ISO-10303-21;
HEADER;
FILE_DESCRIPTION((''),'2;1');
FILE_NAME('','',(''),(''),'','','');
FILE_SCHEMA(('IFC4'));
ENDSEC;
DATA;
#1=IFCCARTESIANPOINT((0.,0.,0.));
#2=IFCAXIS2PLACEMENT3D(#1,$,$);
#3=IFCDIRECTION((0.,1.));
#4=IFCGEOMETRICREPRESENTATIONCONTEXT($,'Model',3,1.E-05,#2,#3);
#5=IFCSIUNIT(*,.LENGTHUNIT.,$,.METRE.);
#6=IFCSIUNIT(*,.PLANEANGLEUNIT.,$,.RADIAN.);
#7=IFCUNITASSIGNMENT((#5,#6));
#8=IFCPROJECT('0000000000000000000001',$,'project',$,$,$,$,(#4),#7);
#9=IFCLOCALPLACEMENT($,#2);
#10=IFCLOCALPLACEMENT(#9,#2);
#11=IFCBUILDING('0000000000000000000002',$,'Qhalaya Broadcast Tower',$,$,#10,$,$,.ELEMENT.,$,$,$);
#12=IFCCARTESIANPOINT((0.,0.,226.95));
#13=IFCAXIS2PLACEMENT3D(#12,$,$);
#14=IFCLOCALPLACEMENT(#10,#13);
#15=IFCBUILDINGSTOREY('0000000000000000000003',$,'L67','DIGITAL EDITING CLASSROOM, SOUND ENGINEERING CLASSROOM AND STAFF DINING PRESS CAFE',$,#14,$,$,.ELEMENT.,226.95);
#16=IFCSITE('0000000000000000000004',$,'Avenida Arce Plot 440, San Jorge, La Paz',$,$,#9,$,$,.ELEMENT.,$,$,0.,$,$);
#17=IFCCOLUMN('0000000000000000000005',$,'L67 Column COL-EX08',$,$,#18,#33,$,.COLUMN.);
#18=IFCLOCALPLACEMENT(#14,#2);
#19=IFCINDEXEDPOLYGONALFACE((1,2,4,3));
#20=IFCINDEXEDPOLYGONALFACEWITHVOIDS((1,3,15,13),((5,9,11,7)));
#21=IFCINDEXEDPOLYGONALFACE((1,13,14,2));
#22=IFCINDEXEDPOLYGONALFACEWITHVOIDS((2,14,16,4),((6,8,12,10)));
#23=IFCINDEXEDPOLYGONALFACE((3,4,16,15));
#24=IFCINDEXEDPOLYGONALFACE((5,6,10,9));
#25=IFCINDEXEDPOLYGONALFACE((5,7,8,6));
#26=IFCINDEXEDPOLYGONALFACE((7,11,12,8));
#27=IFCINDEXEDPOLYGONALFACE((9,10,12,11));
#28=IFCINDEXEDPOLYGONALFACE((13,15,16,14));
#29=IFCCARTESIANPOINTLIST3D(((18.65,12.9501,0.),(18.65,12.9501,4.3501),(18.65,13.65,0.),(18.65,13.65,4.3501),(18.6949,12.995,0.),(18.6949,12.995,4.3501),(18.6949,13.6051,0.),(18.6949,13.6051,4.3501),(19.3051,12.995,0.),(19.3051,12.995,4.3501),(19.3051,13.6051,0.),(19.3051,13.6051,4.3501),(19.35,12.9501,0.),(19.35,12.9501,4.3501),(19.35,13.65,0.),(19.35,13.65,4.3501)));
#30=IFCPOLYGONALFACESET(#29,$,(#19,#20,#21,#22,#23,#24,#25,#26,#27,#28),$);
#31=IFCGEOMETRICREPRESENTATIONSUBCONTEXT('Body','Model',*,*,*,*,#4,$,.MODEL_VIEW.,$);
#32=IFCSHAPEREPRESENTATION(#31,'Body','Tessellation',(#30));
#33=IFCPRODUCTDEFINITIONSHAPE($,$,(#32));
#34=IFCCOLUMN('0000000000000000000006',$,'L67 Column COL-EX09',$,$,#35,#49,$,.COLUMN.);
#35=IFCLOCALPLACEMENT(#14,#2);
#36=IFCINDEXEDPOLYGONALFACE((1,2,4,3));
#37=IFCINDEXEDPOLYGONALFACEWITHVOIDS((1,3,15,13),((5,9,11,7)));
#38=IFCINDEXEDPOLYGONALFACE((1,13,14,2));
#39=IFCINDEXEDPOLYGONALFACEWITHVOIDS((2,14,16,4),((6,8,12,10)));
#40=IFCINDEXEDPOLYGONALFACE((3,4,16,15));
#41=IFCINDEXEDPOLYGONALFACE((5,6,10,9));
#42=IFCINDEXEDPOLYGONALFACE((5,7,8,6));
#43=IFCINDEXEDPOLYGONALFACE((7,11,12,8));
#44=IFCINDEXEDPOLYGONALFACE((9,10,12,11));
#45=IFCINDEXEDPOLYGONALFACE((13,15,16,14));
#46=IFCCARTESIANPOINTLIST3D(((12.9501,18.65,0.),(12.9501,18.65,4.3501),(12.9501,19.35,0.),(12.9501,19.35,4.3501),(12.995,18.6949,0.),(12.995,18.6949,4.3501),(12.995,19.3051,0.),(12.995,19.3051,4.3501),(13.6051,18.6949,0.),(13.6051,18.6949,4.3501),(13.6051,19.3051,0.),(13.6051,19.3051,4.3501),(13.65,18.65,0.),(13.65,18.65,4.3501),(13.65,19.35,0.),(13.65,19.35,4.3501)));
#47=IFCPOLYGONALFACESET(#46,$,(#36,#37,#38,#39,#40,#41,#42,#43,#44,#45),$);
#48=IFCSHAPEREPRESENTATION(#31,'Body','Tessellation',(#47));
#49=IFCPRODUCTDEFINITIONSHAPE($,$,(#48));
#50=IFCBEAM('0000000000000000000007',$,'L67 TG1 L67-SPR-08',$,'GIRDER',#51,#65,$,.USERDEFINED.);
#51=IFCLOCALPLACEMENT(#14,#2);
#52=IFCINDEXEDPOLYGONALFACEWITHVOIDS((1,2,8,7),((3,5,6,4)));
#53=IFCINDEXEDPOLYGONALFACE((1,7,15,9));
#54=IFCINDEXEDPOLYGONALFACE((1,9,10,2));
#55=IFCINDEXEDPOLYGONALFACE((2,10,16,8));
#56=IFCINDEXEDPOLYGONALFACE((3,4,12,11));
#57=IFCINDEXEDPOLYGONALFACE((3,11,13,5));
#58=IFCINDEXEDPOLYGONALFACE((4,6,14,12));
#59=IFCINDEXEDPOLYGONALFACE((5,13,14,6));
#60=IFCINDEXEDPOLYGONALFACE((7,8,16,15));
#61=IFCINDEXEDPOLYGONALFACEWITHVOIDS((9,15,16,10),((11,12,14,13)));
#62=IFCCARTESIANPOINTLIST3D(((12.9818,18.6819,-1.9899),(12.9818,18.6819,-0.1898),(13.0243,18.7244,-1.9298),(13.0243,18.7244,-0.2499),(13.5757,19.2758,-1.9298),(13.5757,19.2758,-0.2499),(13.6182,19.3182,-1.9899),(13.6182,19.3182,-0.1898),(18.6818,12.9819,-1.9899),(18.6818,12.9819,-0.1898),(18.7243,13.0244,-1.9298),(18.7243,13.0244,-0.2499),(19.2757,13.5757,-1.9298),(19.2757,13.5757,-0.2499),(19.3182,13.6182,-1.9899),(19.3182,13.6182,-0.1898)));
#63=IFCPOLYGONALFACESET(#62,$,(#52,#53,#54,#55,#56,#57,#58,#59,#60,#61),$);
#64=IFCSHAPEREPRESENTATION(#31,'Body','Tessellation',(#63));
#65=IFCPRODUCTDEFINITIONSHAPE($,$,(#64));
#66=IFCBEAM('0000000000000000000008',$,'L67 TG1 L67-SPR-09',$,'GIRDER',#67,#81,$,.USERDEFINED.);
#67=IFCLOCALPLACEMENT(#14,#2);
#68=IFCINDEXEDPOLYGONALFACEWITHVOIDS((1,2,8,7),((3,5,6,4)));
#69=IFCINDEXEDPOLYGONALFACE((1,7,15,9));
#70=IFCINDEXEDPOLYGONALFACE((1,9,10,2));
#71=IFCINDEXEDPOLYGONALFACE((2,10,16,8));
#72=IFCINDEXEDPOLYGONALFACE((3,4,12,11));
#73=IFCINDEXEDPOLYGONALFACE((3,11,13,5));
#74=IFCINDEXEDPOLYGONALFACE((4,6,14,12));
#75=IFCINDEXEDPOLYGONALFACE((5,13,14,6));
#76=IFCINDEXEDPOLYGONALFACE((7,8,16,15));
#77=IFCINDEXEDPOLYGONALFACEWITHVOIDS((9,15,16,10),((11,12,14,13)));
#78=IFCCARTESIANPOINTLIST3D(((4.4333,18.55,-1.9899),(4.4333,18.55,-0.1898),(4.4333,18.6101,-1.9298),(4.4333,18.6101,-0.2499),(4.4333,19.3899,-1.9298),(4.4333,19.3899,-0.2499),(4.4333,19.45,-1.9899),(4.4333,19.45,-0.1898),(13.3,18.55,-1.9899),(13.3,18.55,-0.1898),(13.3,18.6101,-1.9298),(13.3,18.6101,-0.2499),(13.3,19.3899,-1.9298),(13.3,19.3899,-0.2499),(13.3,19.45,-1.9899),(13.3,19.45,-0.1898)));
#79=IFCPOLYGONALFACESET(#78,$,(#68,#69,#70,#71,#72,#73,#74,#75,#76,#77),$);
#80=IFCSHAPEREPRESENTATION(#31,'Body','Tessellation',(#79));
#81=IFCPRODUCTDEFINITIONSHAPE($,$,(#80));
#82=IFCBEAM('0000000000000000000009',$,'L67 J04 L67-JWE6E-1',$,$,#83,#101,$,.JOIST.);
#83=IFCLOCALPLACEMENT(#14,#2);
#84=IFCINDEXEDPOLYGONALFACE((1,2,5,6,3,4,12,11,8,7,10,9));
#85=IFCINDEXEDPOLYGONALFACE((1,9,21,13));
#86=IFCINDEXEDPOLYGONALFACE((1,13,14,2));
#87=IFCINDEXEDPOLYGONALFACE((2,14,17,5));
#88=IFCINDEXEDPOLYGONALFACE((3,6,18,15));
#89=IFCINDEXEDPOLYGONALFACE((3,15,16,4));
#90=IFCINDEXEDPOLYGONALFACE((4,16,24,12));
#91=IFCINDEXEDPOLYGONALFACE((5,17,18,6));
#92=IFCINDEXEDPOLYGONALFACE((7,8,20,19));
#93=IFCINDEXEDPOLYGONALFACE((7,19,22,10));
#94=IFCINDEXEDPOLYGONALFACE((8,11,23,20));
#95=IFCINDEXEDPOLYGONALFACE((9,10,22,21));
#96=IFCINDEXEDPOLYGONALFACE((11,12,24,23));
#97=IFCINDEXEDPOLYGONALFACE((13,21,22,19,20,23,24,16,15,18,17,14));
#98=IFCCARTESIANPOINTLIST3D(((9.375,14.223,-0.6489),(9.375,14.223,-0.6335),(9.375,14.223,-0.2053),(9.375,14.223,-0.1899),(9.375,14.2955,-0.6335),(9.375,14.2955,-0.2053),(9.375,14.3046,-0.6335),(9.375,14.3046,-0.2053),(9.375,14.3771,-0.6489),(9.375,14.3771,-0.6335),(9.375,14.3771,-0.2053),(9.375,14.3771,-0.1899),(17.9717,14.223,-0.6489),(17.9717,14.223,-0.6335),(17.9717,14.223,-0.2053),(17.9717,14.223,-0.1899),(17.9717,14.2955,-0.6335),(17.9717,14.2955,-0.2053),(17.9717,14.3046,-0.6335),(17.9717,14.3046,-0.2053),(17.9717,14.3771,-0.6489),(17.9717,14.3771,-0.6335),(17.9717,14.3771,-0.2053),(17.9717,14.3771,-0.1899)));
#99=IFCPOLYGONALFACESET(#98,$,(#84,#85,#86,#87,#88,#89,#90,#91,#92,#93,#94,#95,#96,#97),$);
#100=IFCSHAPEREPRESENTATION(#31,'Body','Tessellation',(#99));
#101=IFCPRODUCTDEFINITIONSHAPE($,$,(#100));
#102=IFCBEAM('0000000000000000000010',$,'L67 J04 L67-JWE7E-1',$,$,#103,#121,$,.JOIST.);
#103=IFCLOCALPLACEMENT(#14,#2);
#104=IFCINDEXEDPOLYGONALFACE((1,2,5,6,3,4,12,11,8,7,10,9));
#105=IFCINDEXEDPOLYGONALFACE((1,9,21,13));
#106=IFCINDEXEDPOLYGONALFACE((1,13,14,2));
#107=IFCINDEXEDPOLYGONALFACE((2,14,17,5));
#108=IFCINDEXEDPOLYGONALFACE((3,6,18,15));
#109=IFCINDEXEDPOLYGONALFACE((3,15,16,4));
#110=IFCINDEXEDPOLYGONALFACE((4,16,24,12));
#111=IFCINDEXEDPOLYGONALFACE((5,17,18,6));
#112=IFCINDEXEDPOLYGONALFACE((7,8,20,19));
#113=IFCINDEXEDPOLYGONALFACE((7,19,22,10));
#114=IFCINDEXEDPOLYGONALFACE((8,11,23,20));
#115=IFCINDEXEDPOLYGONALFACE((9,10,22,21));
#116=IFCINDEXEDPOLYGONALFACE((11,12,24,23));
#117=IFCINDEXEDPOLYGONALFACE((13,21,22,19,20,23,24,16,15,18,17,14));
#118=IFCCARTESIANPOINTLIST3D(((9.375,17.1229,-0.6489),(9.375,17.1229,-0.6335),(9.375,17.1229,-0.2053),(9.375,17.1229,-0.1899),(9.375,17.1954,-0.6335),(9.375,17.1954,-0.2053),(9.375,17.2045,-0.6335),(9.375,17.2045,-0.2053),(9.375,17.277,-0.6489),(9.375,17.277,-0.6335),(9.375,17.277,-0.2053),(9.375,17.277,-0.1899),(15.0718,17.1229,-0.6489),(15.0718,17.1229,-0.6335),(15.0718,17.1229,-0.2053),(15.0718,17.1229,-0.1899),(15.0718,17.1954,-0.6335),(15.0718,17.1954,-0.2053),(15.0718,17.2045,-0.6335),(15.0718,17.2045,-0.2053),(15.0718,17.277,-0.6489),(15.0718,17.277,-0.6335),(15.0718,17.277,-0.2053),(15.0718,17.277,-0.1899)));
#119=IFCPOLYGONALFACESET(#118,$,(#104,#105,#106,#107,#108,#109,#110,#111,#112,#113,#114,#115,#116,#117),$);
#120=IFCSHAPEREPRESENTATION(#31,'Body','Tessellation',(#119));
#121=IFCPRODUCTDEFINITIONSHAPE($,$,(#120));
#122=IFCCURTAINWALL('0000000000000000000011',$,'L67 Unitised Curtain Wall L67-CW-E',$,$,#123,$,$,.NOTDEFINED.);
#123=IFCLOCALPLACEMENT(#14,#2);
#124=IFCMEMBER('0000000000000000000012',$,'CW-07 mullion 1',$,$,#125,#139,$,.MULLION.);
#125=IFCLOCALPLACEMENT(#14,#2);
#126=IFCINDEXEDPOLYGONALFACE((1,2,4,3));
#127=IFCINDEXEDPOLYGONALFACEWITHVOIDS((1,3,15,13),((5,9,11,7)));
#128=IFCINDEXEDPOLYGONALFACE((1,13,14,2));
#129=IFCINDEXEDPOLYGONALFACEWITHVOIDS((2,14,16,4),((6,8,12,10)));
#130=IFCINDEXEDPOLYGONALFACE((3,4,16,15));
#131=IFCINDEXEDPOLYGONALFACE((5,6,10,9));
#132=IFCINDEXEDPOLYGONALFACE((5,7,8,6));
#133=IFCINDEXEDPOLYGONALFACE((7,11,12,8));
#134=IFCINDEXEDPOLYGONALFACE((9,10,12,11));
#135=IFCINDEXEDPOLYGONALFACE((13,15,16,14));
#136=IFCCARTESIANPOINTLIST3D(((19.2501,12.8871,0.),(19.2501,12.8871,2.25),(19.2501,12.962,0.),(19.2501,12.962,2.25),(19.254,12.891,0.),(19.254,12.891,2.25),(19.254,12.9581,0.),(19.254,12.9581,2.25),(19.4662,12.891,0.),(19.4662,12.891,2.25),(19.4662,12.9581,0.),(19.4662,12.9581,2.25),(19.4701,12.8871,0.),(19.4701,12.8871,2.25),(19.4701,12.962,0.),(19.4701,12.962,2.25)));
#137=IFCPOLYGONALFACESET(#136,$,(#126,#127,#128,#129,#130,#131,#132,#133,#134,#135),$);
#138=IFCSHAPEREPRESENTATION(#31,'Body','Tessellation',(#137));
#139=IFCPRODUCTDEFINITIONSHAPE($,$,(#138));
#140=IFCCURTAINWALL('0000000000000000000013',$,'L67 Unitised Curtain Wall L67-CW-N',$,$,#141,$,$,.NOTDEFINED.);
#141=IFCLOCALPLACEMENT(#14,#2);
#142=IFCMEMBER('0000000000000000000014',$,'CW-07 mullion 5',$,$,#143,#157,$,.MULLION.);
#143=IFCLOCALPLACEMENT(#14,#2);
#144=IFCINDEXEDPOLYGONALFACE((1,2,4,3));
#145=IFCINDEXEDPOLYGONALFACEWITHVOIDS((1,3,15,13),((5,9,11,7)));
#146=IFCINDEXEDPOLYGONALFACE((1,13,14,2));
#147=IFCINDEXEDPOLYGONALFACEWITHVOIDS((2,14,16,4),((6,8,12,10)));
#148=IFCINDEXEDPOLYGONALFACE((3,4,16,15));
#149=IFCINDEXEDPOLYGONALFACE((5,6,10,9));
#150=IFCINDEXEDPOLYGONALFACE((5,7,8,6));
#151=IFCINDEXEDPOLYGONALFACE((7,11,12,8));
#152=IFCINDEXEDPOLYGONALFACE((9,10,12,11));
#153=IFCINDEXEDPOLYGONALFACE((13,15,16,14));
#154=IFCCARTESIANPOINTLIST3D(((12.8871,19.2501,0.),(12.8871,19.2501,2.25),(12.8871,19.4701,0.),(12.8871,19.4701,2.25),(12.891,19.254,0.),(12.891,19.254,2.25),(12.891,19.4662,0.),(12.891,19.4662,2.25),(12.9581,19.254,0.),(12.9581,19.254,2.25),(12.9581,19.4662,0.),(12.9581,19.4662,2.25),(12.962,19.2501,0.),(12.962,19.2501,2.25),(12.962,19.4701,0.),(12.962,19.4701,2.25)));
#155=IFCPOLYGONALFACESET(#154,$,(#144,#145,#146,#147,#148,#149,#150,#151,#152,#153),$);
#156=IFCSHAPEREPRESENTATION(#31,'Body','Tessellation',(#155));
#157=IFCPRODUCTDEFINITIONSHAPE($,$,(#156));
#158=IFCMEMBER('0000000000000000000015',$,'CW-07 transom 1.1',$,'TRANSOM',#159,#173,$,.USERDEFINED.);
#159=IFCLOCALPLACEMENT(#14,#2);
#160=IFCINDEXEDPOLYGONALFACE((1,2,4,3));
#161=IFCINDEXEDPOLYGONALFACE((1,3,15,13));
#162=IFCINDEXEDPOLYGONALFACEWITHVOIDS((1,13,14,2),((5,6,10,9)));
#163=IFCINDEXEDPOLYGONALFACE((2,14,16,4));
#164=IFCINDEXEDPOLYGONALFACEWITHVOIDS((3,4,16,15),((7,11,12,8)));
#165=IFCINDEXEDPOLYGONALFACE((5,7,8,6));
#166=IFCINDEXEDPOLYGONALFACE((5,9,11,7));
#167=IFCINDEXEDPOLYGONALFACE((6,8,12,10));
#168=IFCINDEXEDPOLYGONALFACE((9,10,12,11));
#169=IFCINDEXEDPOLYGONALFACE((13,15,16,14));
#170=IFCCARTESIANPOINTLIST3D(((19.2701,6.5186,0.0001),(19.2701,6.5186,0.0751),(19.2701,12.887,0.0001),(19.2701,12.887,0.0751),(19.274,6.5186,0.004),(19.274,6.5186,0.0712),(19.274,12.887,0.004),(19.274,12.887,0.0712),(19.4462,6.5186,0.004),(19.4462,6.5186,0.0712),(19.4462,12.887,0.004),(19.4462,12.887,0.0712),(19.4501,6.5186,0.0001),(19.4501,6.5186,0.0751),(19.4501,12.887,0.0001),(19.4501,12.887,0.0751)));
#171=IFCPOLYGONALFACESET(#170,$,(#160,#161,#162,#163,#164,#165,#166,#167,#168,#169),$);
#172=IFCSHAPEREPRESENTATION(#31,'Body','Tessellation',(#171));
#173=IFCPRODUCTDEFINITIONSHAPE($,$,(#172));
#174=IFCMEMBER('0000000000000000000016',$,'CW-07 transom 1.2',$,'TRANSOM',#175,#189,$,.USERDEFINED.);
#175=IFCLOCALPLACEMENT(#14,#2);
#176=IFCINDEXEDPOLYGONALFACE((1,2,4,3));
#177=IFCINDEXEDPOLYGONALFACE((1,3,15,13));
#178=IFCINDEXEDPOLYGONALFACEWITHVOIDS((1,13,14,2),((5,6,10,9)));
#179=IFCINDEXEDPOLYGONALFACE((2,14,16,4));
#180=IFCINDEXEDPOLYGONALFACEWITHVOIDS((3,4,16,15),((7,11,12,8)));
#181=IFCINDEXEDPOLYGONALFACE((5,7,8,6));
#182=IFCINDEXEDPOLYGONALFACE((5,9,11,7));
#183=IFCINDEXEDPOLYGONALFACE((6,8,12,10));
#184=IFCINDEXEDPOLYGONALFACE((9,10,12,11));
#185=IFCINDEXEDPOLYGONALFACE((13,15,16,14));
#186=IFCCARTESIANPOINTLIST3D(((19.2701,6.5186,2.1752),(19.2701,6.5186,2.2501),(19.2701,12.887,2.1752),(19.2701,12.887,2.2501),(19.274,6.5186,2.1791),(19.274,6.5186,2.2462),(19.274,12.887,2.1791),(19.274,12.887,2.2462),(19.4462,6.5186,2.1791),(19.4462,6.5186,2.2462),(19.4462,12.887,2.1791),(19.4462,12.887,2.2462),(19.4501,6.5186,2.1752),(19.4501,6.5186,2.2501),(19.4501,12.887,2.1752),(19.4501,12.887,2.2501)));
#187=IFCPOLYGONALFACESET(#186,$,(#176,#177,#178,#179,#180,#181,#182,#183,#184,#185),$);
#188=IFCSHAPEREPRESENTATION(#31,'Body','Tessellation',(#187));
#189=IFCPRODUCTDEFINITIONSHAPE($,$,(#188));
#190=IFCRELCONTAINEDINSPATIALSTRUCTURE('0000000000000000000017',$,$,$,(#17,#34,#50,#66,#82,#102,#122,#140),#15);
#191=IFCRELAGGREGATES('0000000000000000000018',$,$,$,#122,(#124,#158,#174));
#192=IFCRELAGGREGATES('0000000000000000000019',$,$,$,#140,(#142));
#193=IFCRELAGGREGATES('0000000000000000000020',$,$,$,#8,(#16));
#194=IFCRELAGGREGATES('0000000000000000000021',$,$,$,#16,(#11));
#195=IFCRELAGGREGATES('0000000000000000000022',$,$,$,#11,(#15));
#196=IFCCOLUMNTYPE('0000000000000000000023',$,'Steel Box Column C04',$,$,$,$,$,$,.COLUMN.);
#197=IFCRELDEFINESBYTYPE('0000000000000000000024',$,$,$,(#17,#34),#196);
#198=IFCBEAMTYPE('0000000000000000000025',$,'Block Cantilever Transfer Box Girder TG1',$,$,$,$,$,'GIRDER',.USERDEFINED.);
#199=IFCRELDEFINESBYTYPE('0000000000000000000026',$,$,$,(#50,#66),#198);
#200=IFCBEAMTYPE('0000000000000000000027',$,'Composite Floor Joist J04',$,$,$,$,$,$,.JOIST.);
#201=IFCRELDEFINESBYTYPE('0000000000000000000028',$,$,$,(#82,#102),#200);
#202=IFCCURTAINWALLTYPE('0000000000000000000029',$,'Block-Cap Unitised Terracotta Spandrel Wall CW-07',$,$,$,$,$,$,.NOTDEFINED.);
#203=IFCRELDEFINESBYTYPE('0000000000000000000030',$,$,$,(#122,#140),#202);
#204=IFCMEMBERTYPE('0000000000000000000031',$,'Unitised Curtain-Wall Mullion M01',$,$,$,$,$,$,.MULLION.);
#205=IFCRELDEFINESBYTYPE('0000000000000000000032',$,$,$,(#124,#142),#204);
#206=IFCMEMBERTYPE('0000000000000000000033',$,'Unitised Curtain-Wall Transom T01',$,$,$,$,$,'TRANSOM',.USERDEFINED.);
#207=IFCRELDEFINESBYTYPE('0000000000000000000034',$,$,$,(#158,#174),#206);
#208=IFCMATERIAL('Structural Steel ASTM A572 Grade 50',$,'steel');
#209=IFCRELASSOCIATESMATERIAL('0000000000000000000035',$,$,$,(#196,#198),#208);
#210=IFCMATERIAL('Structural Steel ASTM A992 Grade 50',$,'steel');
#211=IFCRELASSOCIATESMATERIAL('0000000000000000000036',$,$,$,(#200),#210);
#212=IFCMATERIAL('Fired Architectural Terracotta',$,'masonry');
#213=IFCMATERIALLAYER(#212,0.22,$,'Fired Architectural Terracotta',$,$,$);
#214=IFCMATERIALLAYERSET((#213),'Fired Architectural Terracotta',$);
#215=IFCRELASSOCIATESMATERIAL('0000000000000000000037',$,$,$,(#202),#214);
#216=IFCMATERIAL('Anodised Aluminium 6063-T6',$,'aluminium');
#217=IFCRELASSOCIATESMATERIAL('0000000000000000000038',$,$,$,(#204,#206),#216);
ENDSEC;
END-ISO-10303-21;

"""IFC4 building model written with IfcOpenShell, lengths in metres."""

from ifc_helpers import new_model, si_unit, direction, frame, origin, origin_2d, place, context, subcontext, project, spatial, hollow_rectangle, i_section, extrude, material, layer, layer_set, material_profile, profile_set, type_object, element, aggregate, save


model = new_model("IFC4")

# Units and contexts
model_context = context("Model", 3, precision=1e-05, world=origin(), true_north=direction((0.0, 1.0)))
body_context = subcontext(model_context, "Body", "Model", "MODEL_VIEW")
ifc_project = project(units=[si_unit("LENGTHUNIT", "METRE"), si_unit("PLANEANGLEUNIT", "RADIAN")], contexts=[model_context])

# Site, building, storey
site_placement = place(None, origin())
site = spatial("IfcSite", under=ifc_project, at=site_placement, Name="Avenida Arce Plot 440, San Jorge, La Paz", CompositionType="ELEMENT", RefElevation=0.0)
building_placement = place(site_placement, origin())
building = spatial("IfcBuilding", under=site, at=building_placement, Name="Qhalaya Broadcast Tower", CompositionType="ELEMENT")
storey_placement = place(building_placement, frame((0.0, 0.0, 226.95)))
storey = spatial("IfcBuildingStorey", under=building, at=storey_placement, Name="L67", Description="DIGITAL EDITING CLASSROOM, SOUND ENGINEERING CLASSROOM AND STAFF DINING PRESS CAFE", CompositionType="ELEMENT", Elevation=226.95)

# Columns
ifc_material_1 = material(Name="Structural Steel ASTM A572 Grade 50", Category="steel")
ifc_material_profile_1 = material_profile(ifc_material_1, hollow_rectangle(XDim=0.7, YDim=0.7, WallThickness=0.0449, at=origin_2d()), Name="BOX 700x700x45")
ifc_profile_set_1 = profile_set([ifc_material_profile_1], Name="Structural Steel ASTM A572 Grade 50")
column_type = type_object("IfcColumnType", Name="Steel Box Column C04", PredefinedType="COLUMN", material=ifc_profile_set_1)
for number, where, z_axis, x_axis, name in (
    (1, (19.0, 13.3, 0.0), (0.0, 0.0, 1.0), (0.0, 1.0, 0.0), "L67 Column COL-EX08"),
    (2, (13.3, 19.0, 0.0), (0.0, 0.0, 1.0), (1.0, 0.0, 0.0), "L67 Column COL-EX09"),
):
    element("IfcColumn", number, at=place(storey_placement, frame(where, z_axis=z_axis, x_axis=x_axis)), inside=storey, type_object=column_type, Name=name, PredefinedType="COLUMN", context=body_context, shape_type="SweptSolid", body=[
        extrude(hollow_rectangle(XDim=0.7, YDim=0.7, WallThickness=0.0449, at=origin_2d()), origin(), (0.0, 0.0, 1.0), 4.3501),
    ])

# Beams
ifc_material_profile_2 = material_profile(ifc_material_1, hollow_rectangle(XDim=0.8999, YDim=1.8, WallThickness=0.0601, at=origin_2d()), Name="BOX 900x1800x60")
ifc_profile_set_2 = profile_set([ifc_material_profile_2], Name="Structural Steel ASTM A572 Grade 50")
beam_type_1 = type_object("IfcBeamType", Name="Block Cantilever Transfer Box Girder TG1", ElementType="GIRDER", PredefinedType="USERDEFINED", material=ifc_profile_set_2)
beam_1_placement = place(storey_placement, frame((19.0, 13.3, -1.0898), z_axis=(-0.707107, 0.707107, 0.0), x_axis=(-0.707107, -0.707107, 0.0)))
element("IfcBeam", 3, at=beam_1_placement, inside=storey, type_object=beam_type_1, Name="L67 TG1 L67-SPR-08", ObjectType="GIRDER", PredefinedType="USERDEFINED", context=body_context, shape_type="SweptSolid", body=[
    extrude(hollow_rectangle(XDim=0.8999, YDim=1.8, WallThickness=0.0601, at=origin_2d()), origin(), (0.0, 0.0, 1.0), 8.061),
])
beam_2_placement = place(storey_placement, frame((13.3, 19.0, -1.0898), z_axis=(-1.0, 0.0, 0.0), x_axis=(0.0, -1.0, 0.0)))
element("IfcBeam", 4, at=beam_2_placement, inside=storey, type_object=beam_type_1, Name="L67 TG1 L67-SPR-09", ObjectType="GIRDER", PredefinedType="USERDEFINED", context=body_context, shape_type="SweptSolid", body=[
    extrude(hollow_rectangle(XDim=0.8999, YDim=1.8, WallThickness=0.0601, at=origin_2d()), origin(), (0.0, 0.0, 1.0), 8.8667),
])
ifc_material_2 = material(Name="Structural Steel ASTM A992 Grade 50", Category="steel")
ifc_material_profile_3 = material_profile(ifc_material_2, i_section(OverallWidth=0.1541, OverallDepth=0.459, WebThickness=0.009, FlangeThickness=0.0154, at=origin_2d()), Name="W18X46")
ifc_profile_set_3 = profile_set([ifc_material_profile_3], Name="Structural Steel ASTM A992 Grade 50")
beam_type_2 = type_object("IfcBeamType", Name="Composite Floor Joist J04", PredefinedType="JOIST", material=ifc_profile_set_3)
beam_3_placement = place(storey_placement, frame((9.375, 14.3, -0.4194), z_axis=(1.0, 0.0, 0.0), x_axis=(0.0, 1.0, 0.0)))
element("IfcBeam", 5, at=beam_3_placement, inside=storey, type_object=beam_type_2, Name="L67 J04 L67-JWE6E-1", PredefinedType="JOIST", context=body_context, shape_type="SweptSolid", body=[
    extrude(i_section(OverallWidth=0.1541, OverallDepth=0.459, WebThickness=0.009, FlangeThickness=0.0154, at=origin_2d()), origin(), (0.0, 0.0, 1.0), 8.5967),
])
beam_4_placement = place(storey_placement, frame((9.375, 17.2, -0.4194), z_axis=(1.0, 0.0, 0.0), x_axis=(0.0, 1.0, 0.0)))
element("IfcBeam", 6, at=beam_4_placement, inside=storey, type_object=beam_type_2, Name="L67 J04 L67-JWE7E-1", PredefinedType="JOIST", context=body_context, shape_type="SweptSolid", body=[
    extrude(i_section(OverallWidth=0.1541, OverallDepth=0.459, WebThickness=0.009, FlangeThickness=0.0154, at=origin_2d()), origin(), (0.0, 0.0, 1.0), 5.6968),
])

# Curtain walls, members
ifc_material_3 = material(Name="Fired Architectural Terracotta", Category="masonry")
ifc_layer_1 = layer(ifc_material_3, 0.22, Name="Fired Architectural Terracotta")
ifc_layer_set_1 = layer_set([ifc_layer_1], Name="Fired Architectural Terracotta")
curtain_wall_type = type_object("IfcCurtainWallType", Name="Block-Cap Unitised Terracotta Spandrel Wall CW-07", PredefinedType="NOTDEFINED", material=ifc_layer_set_1)
curtain_wall_1_placement = place(storey_placement, origin())
curtain_wall_1 = element("IfcCurtainWall", 7, at=curtain_wall_1_placement, inside=storey, type_object=curtain_wall_type, Name="L67 Unitised Curtain Wall L67-CW-E", PredefinedType="NOTDEFINED")
ifc_material_4 = material(Name="Anodised Aluminium 6063-T6", Category="aluminium")
ifc_material_profile_4 = material_profile(ifc_material_4, hollow_rectangle(XDim=0.075, YDim=0.22, WallThickness=0.0039, at=origin_2d()), Name="ALU-MUL 75x220x4")
ifc_profile_set_4 = profile_set([ifc_material_profile_4], Name="Anodised Aluminium 6063-T6")
member_type_1 = type_object("IfcMemberType", Name="Unitised Curtain-Wall Mullion M01", PredefinedType="MULLION", material=ifc_profile_set_4)
member_1_placement = place(storey_placement, frame((19.3601, 12.9246, 0.0), z_axis=(0.0, 0.0, 1.0), x_axis=(0.0, -1.0, 0.0)))
member_1 = element("IfcMember", 8, at=member_1_placement, type_object=member_type_1, Name="CW-07 mullion 1", PredefinedType="MULLION", context=body_context, shape_type="SweptSolid", body=[
    extrude(hollow_rectangle(XDim=0.075, YDim=0.22, WallThickness=0.0039, at=origin_2d()), origin(), (0.0, 0.0, 1.0), 2.25),
])
curtain_wall_2_placement = place(storey_placement, origin())
curtain_wall_2 = element("IfcCurtainWall", 9, at=curtain_wall_2_placement, inside=storey, type_object=curtain_wall_type, Name="L67 Unitised Curtain Wall L67-CW-N", PredefinedType="NOTDEFINED")
member_2_placement = place(storey_placement, frame((12.9246, 19.3601, 0.0), z_axis=(0.0, 0.0, 1.0), x_axis=(1.0, 0.0, 0.0)))
member_2 = element("IfcMember", 10, at=member_2_placement, type_object=member_type_1, Name="CW-07 mullion 5", PredefinedType="MULLION", context=body_context, shape_type="SweptSolid", body=[
    extrude(hollow_rectangle(XDim=0.075, YDim=0.22, WallThickness=0.0039, at=origin_2d()), origin(), (0.0, 0.0, 1.0), 2.25),
])

# Members
ifc_material_profile_5 = material_profile(ifc_material_4, hollow_rectangle(XDim=0.075, YDim=0.1799, WallThickness=0.0039, at=origin_2d()), Name="ALU-TRN 75x180x4")
ifc_profile_set_5 = profile_set([ifc_material_profile_5], Name="Anodised Aluminium 6063-T6")
member_type_2 = type_object("IfcMemberType", Name="Unitised Curtain-Wall Transom T01", ElementType="TRANSOM", PredefinedType="USERDEFINED", material=ifc_profile_set_5)
member_3_placement = place(storey_placement, frame((19.3601, 12.887, 0.0376), z_axis=(0.0, -1.0, 0.0), x_axis=(0.0, 0.0, 1.0)))
member_3 = element("IfcMember", 11, at=member_3_placement, type_object=member_type_2, Name="CW-07 transom 1.1", ObjectType="TRANSOM", PredefinedType="USERDEFINED", context=body_context, shape_type="SweptSolid", body=[
    extrude(hollow_rectangle(XDim=0.075, YDim=0.1799, WallThickness=0.0039, at=origin_2d()), origin(), (0.0, 0.0, 1.0), 6.3684),
])
member_4_placement = place(storey_placement, frame((19.3601, 12.887, 2.2126), z_axis=(0.0, -1.0, 0.0), x_axis=(0.0, 0.0, 1.0)))
member_4 = element("IfcMember", 12, at=member_4_placement, type_object=member_type_2, Name="CW-07 transom 1.2", ObjectType="TRANSOM", PredefinedType="USERDEFINED", context=body_context, shape_type="SweptSolid", body=[
    extrude(hollow_rectangle(XDim=0.075, YDim=0.1799, WallThickness=0.0039, at=origin_2d()), origin(), (0.0, 0.0, 1.0), 6.3684),
])
aggregate(curtain_wall_1, [member_1, member_3, member_4])

aggregate(curtain_wall_2, [member_2])

save(model, "model.ifc")
